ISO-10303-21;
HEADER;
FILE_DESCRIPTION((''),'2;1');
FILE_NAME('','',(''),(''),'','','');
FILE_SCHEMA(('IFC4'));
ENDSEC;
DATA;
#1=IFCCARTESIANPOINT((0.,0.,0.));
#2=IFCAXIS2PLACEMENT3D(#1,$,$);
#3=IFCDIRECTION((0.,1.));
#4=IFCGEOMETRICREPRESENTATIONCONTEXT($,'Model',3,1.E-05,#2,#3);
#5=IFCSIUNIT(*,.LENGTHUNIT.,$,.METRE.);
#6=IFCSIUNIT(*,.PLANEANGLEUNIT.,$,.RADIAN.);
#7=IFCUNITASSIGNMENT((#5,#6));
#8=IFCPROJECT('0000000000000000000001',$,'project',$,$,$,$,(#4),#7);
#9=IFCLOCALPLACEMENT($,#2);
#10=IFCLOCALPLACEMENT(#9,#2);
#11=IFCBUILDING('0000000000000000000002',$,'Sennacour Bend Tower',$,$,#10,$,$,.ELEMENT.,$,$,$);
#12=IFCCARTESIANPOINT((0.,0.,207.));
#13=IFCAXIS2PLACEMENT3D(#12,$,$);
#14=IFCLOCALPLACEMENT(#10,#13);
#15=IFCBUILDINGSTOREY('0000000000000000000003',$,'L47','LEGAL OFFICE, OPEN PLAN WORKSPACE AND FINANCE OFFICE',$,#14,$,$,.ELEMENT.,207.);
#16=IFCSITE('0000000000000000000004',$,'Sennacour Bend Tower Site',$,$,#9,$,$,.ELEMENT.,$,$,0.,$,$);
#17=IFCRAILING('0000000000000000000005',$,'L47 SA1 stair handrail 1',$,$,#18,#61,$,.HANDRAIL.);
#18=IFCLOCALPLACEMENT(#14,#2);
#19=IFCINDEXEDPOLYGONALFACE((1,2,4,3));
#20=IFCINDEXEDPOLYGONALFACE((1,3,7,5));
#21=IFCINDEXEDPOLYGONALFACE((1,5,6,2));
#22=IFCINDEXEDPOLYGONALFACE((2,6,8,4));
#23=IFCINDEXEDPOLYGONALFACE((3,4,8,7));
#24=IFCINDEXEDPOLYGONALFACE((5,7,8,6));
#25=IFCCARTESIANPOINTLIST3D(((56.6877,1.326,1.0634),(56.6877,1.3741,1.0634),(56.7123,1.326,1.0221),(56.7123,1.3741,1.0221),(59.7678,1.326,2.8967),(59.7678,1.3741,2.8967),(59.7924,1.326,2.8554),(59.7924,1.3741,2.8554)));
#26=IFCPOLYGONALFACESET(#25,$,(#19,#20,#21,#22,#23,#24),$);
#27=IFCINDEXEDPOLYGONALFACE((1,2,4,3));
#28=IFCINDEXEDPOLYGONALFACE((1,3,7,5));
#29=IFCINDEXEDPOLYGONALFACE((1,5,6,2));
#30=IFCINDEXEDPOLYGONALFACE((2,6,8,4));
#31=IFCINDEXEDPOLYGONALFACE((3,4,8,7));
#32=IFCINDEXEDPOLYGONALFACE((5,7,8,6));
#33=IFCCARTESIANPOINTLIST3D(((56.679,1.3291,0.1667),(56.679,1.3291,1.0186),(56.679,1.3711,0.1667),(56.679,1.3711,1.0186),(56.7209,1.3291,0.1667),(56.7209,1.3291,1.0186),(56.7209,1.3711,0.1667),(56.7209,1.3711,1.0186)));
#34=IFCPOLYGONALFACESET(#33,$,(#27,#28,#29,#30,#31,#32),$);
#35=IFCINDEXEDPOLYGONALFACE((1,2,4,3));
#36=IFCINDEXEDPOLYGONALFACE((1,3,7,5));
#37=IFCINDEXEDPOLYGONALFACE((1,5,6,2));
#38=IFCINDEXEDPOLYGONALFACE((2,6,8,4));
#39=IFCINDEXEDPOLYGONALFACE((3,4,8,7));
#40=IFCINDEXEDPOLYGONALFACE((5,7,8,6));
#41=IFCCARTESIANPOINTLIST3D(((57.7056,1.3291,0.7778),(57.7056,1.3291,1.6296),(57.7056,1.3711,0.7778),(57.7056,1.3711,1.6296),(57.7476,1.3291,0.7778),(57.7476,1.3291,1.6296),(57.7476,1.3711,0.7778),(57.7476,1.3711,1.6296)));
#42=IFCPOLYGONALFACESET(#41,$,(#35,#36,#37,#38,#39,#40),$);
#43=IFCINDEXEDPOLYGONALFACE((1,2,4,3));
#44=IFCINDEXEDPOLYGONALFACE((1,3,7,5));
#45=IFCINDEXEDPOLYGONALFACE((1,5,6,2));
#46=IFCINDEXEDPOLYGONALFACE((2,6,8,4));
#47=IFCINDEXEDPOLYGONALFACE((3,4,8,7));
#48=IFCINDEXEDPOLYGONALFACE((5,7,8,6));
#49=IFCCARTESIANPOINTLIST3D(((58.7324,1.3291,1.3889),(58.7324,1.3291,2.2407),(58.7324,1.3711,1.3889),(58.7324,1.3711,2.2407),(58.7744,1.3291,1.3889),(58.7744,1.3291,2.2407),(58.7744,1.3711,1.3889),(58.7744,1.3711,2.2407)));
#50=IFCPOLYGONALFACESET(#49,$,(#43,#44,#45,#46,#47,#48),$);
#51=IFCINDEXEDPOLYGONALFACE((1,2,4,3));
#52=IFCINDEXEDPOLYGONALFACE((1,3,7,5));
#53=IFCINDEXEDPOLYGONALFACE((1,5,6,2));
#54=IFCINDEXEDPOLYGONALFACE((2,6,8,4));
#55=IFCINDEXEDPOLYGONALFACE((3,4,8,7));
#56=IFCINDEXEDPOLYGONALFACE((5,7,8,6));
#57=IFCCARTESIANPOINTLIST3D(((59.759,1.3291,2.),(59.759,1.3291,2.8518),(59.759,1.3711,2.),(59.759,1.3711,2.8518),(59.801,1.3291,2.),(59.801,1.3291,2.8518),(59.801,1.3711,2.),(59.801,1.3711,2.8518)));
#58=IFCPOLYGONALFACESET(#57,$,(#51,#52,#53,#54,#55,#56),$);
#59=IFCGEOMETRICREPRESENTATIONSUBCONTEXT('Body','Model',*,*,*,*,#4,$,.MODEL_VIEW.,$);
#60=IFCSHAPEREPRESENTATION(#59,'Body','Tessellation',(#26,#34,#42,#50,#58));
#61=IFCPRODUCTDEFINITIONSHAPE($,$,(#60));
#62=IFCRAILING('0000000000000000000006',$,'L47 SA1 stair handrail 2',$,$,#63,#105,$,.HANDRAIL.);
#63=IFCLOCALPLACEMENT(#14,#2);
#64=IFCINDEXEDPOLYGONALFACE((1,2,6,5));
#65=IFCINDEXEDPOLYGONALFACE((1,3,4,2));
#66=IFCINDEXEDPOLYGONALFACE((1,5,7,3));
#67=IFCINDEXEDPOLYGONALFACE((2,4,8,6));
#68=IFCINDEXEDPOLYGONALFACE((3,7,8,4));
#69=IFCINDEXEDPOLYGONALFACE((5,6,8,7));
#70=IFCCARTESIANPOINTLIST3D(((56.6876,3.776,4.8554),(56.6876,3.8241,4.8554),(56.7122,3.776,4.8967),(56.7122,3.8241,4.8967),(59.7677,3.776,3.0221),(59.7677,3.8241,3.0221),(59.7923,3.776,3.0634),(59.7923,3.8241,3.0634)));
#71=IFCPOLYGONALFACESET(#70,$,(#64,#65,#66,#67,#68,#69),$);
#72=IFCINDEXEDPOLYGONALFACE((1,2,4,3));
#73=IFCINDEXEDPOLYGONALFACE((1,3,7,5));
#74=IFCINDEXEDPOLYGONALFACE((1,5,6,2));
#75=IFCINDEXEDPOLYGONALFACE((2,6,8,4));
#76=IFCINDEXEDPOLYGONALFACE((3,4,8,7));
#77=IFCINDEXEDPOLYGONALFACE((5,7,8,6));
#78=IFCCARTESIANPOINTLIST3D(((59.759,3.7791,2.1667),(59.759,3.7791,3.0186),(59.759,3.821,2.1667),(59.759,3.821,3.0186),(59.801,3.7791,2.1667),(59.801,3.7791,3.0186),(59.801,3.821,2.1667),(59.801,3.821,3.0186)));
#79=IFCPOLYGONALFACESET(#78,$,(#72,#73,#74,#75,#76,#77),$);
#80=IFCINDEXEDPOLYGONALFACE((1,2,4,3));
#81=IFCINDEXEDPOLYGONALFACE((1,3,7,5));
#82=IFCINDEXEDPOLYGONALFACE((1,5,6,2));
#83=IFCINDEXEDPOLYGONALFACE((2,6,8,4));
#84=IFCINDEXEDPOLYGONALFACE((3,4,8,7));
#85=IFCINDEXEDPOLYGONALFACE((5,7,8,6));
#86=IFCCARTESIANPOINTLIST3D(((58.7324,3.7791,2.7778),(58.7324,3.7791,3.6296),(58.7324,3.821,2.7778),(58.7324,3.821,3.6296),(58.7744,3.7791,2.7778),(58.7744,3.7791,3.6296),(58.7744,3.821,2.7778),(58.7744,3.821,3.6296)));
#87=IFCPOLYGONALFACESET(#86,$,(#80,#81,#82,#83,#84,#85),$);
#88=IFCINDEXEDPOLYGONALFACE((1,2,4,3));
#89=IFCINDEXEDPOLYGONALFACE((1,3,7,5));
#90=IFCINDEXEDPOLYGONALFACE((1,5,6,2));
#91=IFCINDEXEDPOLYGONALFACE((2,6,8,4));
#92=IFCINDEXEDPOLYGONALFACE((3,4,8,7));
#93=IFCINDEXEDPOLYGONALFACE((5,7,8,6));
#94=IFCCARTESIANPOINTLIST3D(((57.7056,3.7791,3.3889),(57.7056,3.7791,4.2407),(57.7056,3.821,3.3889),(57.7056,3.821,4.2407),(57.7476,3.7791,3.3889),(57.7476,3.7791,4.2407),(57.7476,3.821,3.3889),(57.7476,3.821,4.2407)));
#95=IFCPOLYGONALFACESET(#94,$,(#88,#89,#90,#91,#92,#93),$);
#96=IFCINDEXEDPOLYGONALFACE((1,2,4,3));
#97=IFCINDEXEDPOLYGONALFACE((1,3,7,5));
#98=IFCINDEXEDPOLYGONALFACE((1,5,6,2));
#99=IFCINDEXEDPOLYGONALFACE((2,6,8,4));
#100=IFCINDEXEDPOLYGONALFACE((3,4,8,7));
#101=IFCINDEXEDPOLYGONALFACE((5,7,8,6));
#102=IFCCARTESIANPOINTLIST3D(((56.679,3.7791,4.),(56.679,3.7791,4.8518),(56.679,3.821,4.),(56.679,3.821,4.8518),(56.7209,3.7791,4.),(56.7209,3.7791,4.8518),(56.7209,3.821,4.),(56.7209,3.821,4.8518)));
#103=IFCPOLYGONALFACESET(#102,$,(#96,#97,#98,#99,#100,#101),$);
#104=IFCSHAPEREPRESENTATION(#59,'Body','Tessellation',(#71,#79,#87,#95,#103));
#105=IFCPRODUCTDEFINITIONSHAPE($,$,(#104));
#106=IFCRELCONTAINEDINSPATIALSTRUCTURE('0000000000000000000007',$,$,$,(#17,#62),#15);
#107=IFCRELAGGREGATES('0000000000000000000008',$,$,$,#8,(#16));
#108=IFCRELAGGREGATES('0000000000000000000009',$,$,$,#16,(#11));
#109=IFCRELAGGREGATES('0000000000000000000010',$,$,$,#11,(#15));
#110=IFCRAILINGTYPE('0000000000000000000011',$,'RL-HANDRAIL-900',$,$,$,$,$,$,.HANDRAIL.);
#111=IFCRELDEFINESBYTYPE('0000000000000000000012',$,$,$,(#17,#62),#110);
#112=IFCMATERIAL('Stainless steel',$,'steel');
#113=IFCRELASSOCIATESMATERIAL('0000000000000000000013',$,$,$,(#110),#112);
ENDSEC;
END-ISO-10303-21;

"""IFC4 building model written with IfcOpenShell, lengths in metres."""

from ifc_helpers import new_model, si_unit, direction, frame, origin, origin_2d, place, context, subcontext, project, spatial, rectangle, extrude, material, type_object, element, save


model = new_model("IFC4")

# Units and contexts
model_context = context("Model", 3, precision=1e-05, world=origin(), true_north=direction((0.0, 1.0)))
body_context = subcontext(model_context, "Body", "Model", "MODEL_VIEW")
ifc_project = project(units=[si_unit("LENGTHUNIT", "METRE"), si_unit("PLANEANGLEUNIT", "RADIAN")], contexts=[model_context])

# Site, building, storey
site_placement = place(None, origin())
site = spatial("IfcSite", under=ifc_project, at=site_placement, Name="Sennacour Bend Tower Site", CompositionType="ELEMENT", RefElevation=0.0)
building_placement = place(site_placement, origin())
building = spatial("IfcBuilding", under=site, at=building_placement, Name="Sennacour Bend Tower", CompositionType="ELEMENT")
storey_placement = place(building_placement, frame((0.0, 0.0, 207.0)))
storey = spatial("IfcBuildingStorey", under=building, at=storey_placement, Name="L47", Description="LEGAL OFFICE, OPEN PLAN WORKSPACE AND FINANCE OFFICE", CompositionType="ELEMENT", Elevation=207.0)

# Railings
ifc_material_1 = material(Name="Stainless steel", Category="steel")
railing_type_1 = type_object("IfcRailingType", Name="RL-HANDRAIL-900", PredefinedType="HANDRAIL", material=ifc_material_1)
railing_1_placement = place(storey_placement, frame((56.7, 1.3501, 0.1667)))
element("IfcRailing", 1, at=railing_1_placement, inside=storey, type_object=railing_type_1, Name="L47 SA1 stair handrail 1", PredefinedType="HANDRAIL", context=body_context, shape_type="SweptSolid", body=[
    extrude(rectangle(XDim=0.0481, YDim=0.0481, at=origin_2d()), frame((0.0, 0.0, 0.876), z_axis=(0.859309, 0.0, 0.511458), x_axis=(0.0, 1.0, 0.0)), (0.0, 0.0, 1.0), 3.5845),
    extrude(rectangle(XDim=0.042, YDim=0.042, at=origin_2d()), origin(), (0.0, 0.0, 1.0), 0.8518),
    extrude(rectangle(XDim=0.042, YDim=0.042, at=origin_2d()), frame((1.0266, 0.0, 0.6111)), (0.0, 0.0, 1.0), 0.8518),
    extrude(rectangle(XDim=0.042, YDim=0.042, at=origin_2d()), frame((2.0535, 0.0, 1.2222)), (0.0, 0.0, 1.0), 0.8518),
    extrude(rectangle(XDim=0.042, YDim=0.042, at=origin_2d()), frame((3.0801, 0.0, 1.8333)), (0.0, 0.0, 1.0), 0.8518),
])
railing_2_placement = place(storey_placement, frame((59.78, 3.8, 2.1667)))
element("IfcRailing", 2, at=railing_2_placement, inside=storey, type_object=railing_type_1, Name="L47 SA1 stair handrail 2", PredefinedType="HANDRAIL", context=body_context, shape_type="SweptSolid", body=[
    extrude(rectangle(XDim=0.0481, YDim=0.0481, at=origin_2d()), frame((0.0, 0.0, 0.876), z_axis=(-0.859309, 0.0, 0.511458), x_axis=(0.0, -1.0, 0.0)), (0.0, 0.0, 1.0), 3.5845),
    extrude(rectangle(XDim=0.042, YDim=0.042, at=origin_2d()), origin(), (0.0, 0.0, 1.0), 0.8518),
    extrude(rectangle(XDim=0.042, YDim=0.042, at=origin_2d()), frame((-1.0266, 0.0, 0.6111)), (0.0, 0.0, 1.0), 0.8518),
    extrude(rectangle(XDim=0.042, YDim=0.042, at=origin_2d()), frame((-2.0535, 0.0, 1.2222)), (0.0, 0.0, 1.0), 0.8518),
    extrude(rectangle(XDim=0.042, YDim=0.042, at=origin_2d()), frame((-3.0801, 0.0, 1.8333)), (0.0, 0.0, 1.0), 0.8518),
])

save(model, "model.ifc")
